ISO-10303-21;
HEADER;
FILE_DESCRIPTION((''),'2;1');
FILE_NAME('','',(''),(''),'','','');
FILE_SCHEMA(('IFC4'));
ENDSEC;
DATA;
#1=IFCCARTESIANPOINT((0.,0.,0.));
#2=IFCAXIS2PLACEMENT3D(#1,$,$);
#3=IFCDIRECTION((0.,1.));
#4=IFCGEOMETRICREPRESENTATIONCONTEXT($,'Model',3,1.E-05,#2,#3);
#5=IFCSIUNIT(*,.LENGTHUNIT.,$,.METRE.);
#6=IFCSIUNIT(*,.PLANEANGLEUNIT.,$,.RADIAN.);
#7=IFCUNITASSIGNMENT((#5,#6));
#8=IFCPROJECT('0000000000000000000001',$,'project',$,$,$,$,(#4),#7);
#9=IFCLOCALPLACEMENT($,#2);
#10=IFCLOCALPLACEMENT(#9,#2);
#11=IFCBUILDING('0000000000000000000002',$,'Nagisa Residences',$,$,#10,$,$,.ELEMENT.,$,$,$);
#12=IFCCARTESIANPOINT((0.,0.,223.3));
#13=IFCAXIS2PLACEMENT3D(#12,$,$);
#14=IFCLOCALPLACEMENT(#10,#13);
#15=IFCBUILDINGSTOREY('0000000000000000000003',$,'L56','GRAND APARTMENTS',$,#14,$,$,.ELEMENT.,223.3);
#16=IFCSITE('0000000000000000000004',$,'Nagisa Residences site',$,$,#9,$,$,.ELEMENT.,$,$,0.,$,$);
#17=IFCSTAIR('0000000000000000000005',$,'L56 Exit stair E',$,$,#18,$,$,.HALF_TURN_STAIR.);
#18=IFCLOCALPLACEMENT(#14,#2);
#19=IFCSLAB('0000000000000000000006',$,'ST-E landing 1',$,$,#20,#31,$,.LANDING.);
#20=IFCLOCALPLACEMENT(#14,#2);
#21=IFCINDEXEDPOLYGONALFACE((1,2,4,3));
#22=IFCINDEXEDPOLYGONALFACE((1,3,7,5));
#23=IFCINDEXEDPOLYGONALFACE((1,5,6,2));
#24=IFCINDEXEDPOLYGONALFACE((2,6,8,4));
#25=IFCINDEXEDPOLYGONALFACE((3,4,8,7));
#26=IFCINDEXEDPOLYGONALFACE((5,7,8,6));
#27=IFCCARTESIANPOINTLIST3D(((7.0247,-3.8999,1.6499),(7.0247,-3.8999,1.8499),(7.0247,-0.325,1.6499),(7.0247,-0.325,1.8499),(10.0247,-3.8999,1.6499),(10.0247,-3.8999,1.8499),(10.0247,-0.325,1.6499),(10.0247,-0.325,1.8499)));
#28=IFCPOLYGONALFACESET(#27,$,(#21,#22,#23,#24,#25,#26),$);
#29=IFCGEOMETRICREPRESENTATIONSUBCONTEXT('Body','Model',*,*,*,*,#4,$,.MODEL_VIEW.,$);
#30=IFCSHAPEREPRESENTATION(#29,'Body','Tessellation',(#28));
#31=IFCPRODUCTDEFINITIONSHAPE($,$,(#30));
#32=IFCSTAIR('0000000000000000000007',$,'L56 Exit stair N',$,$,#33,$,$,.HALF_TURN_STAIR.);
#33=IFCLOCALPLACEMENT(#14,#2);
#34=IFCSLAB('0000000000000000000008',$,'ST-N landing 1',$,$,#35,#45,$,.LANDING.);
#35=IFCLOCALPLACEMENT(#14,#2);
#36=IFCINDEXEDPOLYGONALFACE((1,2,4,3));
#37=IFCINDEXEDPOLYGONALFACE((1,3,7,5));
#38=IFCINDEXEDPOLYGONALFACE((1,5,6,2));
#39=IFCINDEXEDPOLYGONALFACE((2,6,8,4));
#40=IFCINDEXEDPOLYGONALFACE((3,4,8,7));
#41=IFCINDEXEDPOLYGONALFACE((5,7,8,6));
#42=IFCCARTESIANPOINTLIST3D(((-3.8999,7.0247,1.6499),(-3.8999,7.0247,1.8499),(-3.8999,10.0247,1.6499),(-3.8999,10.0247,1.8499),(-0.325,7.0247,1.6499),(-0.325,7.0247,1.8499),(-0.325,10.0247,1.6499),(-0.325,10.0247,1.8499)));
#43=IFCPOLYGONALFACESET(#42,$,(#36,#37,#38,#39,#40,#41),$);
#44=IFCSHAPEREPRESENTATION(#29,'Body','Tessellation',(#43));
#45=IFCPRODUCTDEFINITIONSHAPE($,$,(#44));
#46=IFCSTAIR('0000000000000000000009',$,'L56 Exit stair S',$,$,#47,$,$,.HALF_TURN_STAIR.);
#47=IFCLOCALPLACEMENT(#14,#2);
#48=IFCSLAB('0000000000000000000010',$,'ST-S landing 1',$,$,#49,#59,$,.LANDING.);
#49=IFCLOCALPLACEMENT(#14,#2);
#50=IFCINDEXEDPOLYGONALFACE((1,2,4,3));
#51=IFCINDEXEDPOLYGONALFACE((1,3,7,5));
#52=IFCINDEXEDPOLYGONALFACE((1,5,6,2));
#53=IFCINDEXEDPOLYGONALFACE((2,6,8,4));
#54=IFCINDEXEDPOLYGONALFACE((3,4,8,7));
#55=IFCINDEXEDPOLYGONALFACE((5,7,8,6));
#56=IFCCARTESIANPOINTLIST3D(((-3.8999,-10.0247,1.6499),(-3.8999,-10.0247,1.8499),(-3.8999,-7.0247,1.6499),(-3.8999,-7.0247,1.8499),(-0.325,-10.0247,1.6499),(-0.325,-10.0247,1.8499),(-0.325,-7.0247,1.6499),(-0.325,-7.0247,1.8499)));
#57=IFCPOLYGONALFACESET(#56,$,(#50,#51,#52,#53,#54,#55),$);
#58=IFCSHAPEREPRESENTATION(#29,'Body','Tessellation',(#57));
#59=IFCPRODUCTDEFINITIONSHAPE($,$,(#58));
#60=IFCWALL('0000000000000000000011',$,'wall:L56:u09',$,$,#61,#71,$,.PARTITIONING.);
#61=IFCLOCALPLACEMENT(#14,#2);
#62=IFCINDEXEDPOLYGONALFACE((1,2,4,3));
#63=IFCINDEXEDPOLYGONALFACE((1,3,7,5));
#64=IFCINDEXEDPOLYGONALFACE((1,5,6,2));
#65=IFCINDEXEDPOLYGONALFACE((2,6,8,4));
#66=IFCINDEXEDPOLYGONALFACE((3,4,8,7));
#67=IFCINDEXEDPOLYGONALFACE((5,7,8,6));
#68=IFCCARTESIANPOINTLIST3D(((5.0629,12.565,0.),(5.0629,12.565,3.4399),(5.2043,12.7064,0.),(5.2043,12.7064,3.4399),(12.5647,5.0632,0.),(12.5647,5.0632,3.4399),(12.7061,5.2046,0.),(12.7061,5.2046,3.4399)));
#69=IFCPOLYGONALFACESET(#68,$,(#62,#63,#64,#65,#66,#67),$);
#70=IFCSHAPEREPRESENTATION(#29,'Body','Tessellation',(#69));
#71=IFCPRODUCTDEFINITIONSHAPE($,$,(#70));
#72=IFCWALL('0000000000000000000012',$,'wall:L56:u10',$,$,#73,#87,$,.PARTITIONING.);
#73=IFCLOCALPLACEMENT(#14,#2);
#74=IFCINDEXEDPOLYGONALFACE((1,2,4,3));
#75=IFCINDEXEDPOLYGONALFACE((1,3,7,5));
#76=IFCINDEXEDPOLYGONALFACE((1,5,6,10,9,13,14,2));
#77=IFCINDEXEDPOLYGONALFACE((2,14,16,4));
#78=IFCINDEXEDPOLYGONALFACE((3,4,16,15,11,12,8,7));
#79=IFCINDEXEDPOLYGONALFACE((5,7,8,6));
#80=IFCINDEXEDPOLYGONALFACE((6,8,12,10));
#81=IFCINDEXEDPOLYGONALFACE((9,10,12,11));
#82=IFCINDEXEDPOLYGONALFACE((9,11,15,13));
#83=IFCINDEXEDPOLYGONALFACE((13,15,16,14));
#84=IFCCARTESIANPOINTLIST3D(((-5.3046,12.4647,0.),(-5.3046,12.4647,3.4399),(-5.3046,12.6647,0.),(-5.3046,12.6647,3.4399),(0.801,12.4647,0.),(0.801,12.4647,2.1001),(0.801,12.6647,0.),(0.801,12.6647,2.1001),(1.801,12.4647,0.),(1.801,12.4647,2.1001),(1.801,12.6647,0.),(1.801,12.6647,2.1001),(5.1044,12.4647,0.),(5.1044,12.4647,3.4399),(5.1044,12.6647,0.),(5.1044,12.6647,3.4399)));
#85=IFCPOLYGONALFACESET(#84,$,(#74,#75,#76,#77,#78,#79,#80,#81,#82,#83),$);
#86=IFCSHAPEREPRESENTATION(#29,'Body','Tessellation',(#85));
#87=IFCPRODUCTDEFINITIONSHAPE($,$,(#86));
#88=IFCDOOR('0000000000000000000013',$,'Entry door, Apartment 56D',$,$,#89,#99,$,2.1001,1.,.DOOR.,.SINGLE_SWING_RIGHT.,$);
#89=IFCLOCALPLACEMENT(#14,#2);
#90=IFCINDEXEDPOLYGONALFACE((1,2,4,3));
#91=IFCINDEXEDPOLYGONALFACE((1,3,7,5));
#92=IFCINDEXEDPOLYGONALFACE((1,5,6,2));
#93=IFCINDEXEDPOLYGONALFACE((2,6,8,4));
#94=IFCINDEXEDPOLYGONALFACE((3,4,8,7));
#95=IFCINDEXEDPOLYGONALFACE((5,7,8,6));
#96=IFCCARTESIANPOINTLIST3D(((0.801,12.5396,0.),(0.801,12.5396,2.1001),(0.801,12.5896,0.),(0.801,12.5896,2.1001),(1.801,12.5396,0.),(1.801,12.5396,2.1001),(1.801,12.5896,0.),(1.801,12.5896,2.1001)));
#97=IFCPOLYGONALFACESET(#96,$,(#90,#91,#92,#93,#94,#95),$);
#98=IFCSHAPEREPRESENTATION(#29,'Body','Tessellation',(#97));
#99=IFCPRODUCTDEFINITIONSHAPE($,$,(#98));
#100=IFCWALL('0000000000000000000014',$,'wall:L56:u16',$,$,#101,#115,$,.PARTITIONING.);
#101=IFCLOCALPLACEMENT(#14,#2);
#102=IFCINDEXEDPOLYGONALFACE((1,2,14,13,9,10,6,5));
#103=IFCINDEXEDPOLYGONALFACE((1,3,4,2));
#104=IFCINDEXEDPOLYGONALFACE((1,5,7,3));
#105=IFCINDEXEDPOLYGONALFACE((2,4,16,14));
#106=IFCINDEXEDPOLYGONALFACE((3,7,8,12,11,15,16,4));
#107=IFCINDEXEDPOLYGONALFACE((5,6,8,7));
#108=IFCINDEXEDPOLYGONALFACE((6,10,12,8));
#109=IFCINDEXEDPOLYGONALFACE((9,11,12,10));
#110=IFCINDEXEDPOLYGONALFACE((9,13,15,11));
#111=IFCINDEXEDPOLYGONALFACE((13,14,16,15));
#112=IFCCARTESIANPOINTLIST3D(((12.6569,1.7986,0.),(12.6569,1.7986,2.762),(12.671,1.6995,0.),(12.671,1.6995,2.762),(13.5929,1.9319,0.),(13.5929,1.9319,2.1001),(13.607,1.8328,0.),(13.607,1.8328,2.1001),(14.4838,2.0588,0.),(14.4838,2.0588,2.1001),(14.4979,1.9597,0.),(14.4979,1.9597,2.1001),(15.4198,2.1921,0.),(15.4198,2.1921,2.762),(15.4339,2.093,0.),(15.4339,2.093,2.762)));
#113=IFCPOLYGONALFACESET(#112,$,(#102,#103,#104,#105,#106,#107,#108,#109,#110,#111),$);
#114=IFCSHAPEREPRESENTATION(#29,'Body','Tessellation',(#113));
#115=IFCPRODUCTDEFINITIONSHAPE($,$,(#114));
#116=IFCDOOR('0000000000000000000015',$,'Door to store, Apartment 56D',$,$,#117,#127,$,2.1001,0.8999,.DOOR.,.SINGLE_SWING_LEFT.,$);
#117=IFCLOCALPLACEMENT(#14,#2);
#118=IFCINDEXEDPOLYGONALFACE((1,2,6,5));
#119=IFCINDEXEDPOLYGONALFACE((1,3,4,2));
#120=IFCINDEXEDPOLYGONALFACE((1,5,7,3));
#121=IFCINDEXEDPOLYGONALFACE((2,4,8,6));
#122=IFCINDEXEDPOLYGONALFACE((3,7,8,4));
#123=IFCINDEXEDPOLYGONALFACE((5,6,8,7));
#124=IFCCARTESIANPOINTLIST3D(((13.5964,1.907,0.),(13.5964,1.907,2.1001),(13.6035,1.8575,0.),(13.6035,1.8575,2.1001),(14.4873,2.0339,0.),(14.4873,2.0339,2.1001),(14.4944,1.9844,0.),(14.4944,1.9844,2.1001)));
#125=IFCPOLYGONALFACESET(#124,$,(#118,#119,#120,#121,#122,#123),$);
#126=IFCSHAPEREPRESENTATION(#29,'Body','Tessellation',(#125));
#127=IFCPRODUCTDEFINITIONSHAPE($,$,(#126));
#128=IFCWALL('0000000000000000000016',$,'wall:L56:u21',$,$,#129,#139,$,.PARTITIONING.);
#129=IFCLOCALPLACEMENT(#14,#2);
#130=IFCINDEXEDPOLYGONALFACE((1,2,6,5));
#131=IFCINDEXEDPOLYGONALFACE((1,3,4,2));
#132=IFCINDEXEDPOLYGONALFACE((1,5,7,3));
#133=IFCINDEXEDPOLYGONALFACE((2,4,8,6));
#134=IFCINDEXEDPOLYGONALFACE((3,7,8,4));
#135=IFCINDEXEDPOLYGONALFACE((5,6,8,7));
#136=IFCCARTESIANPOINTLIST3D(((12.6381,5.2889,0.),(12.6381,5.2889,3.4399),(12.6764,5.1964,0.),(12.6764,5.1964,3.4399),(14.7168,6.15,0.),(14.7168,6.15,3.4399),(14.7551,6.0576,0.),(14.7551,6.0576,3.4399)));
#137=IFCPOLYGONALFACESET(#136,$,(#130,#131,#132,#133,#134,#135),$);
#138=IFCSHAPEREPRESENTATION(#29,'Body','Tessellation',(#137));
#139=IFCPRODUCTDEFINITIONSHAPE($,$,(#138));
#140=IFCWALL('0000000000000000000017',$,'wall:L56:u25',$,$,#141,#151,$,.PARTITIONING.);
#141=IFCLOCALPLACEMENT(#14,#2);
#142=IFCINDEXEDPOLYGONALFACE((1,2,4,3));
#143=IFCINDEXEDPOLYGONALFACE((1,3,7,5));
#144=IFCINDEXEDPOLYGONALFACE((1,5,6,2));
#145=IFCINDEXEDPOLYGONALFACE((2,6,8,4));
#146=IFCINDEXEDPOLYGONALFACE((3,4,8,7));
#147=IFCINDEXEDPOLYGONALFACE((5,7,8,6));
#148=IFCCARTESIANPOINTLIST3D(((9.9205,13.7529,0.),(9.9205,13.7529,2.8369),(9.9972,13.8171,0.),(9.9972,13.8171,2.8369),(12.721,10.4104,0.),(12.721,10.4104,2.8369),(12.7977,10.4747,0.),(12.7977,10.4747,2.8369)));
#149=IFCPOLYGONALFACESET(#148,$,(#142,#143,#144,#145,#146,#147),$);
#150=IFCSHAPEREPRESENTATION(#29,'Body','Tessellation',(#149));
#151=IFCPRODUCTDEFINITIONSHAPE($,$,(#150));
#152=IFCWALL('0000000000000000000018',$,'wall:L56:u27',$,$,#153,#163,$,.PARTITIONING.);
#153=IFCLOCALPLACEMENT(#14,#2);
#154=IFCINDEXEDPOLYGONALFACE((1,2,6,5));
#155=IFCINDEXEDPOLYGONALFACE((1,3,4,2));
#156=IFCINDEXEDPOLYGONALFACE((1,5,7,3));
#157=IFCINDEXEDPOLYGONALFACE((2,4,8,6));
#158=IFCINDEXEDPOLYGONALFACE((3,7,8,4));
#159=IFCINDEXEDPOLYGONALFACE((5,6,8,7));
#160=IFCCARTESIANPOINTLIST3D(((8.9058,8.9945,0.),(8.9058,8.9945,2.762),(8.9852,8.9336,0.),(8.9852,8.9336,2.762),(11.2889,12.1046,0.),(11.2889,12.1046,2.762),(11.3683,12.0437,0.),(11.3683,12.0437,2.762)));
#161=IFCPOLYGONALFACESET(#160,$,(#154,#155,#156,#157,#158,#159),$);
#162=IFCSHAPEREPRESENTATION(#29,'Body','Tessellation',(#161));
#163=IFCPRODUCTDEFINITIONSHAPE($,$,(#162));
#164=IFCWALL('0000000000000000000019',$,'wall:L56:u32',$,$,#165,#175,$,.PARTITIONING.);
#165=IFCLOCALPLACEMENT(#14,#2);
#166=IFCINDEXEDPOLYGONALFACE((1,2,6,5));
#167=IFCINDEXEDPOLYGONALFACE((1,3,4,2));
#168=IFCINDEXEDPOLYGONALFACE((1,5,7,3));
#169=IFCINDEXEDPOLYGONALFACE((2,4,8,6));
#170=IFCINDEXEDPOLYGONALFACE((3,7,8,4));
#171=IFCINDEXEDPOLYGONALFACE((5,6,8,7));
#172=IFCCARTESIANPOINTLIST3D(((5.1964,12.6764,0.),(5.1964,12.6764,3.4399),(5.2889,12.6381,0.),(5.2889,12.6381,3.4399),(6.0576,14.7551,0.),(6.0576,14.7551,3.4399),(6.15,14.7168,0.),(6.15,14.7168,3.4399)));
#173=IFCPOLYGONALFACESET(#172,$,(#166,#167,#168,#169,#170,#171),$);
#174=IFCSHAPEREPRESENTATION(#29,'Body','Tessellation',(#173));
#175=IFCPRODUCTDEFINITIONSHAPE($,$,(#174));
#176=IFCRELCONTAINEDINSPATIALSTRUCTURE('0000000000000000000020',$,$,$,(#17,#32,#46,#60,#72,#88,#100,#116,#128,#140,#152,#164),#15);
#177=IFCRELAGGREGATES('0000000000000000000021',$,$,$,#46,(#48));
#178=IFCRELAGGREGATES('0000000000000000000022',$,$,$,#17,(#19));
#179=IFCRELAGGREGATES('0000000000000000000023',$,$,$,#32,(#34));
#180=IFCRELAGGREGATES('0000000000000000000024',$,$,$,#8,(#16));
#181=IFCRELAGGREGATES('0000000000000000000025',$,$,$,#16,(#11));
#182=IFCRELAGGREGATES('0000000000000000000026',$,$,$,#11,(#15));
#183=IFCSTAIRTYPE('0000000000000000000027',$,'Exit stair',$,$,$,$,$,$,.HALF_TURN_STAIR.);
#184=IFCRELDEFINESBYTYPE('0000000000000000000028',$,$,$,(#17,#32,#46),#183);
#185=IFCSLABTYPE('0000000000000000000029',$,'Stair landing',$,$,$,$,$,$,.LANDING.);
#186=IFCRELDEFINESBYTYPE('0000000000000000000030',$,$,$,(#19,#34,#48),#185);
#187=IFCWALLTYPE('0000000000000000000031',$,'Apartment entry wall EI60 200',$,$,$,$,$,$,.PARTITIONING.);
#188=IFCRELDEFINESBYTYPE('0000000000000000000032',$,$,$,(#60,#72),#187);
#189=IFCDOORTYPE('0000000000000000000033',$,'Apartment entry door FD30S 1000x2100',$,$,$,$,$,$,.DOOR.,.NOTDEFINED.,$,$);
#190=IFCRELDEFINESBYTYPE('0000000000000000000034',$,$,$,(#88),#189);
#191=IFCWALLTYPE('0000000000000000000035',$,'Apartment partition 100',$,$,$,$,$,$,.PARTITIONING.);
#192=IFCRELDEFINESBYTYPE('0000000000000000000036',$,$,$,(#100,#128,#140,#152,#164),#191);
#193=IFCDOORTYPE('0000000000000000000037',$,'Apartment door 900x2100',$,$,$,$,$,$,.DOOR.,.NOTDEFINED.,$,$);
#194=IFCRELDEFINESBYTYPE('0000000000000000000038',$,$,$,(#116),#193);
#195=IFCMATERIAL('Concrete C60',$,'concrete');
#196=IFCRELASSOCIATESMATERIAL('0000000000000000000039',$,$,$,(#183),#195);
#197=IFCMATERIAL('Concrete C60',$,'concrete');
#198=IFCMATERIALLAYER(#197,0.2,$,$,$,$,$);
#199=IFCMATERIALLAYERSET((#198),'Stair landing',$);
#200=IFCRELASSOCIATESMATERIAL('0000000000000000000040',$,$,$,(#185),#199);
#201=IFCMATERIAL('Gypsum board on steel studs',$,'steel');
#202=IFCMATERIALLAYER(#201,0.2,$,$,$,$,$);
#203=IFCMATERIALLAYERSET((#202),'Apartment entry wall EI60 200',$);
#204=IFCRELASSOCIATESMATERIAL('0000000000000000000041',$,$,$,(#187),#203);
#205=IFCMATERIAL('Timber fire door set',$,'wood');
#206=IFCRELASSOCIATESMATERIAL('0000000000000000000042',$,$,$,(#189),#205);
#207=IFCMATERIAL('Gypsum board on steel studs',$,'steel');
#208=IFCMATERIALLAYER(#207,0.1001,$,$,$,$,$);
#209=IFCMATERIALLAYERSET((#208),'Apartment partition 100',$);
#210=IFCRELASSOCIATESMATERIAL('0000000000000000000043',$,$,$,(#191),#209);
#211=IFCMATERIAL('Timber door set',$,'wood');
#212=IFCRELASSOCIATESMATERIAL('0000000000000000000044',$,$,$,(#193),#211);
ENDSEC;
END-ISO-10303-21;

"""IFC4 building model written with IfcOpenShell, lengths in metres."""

from ifc_helpers import new_model, si_unit, direction, frame, frame_2d, origin, place, context, subcontext, project, spatial, polyline, rectangle, outline, extrude, material, layer, layer_set, type_object, element, fill, aggregate, save


model = new_model("IFC4")

# Units and contexts
model_context = context("Model", 3, precision=1e-05, world=origin(), true_north=direction((0.0, 1.0)))
body_context = subcontext(model_context, "Body", "Model", "MODEL_VIEW")
ifc_project = project(units=[si_unit("LENGTHUNIT", "METRE"), si_unit("PLANEANGLEUNIT", "RADIAN")], contexts=[model_context])

# Site, building, storey
site_placement = place(None, origin())
site = spatial("IfcSite", under=ifc_project, at=site_placement, Name="Nagisa Residences site", CompositionType="ELEMENT", RefElevation=0.0)
building_placement = place(site_placement, origin())
building = spatial("IfcBuilding", under=site, at=building_placement, Name="Nagisa Residences", CompositionType="ELEMENT")
storey_placement = place(building_placement, frame((0.0, 0.0, 223.3)))
storey = spatial("IfcBuildingStorey", under=building, at=storey_placement, Name="L56", Description="GRAND APARTMENTS", CompositionType="ELEMENT", Elevation=223.3)

# Stairs, slabs
ifc_material_1 = material(Name="Concrete C60", Category="concrete")
stair_type = type_object("IfcStairType", Name="Exit stair", PredefinedType="HALF_TURN_STAIR", material=ifc_material_1)
stair_1_placement = place(storey_placement, origin())
stair_1 = element("IfcStair", 1, at=stair_1_placement, inside=storey, type_object=stair_type, Name="L56 Exit stair E", PredefinedType="HALF_TURN_STAIR")
ifc_material_2 = material(Name="Concrete C60", Category="concrete")
ifc_layer_1 = layer(ifc_material_2, 0.2)
ifc_layer_set_1 = layer_set([ifc_layer_1], Name="Stair landing")
slab_type = type_object("IfcSlabType", Name="Stair landing", PredefinedType="LANDING", material=ifc_layer_set_1)
slab_1_placement = place(storey_placement, frame((0.0, 0.0, 1.6499)))
slab_1 = element("IfcSlab", 2, at=slab_1_placement, type_object=slab_type, Name="ST-E landing 1", PredefinedType="LANDING", context=body_context, shape_type="SweptSolid", body=[
    extrude(outline(polyline([(7.0247, -0.325), (7.0247, -3.8999), (10.0247, -3.8999), (10.0247, -0.325), (7.0247, -0.325)])), origin(), (0.0, 0.0, 1.0), 0.2),
])
stair_2_placement = place(storey_placement, origin())
stair_2 = element("IfcStair", 3, at=stair_2_placement, inside=storey, type_object=stair_type, Name="L56 Exit stair N", PredefinedType="HALF_TURN_STAIR")
slab_2_placement = place(storey_placement, frame((0.0, 0.0, 1.6499)))
slab_2 = element("IfcSlab", 4, at=slab_2_placement, type_object=slab_type, Name="ST-N landing 1", PredefinedType="LANDING", context=body_context, shape_type="SweptSolid", body=[
    extrude(outline(polyline([(-0.325, 10.0247), (-3.8999, 10.0247), (-3.8999, 7.0247), (-0.325, 7.0247), (-0.325, 10.0247)])), origin(), (0.0, 0.0, 1.0), 0.2),
])
stair_3_placement = place(storey_placement, origin())
stair_3 = element("IfcStair", 5, at=stair_3_placement, inside=storey, type_object=stair_type, Name="L56 Exit stair S", PredefinedType="HALF_TURN_STAIR")
slab_3_placement = place(storey_placement, frame((0.0, 0.0, 1.6499)))
slab_3 = element("IfcSlab", 6, at=slab_3_placement, type_object=slab_type, Name="ST-S landing 1", PredefinedType="LANDING", context=body_context, shape_type="SweptSolid", body=[
    extrude(outline(polyline([(-0.325, -7.0247), (-3.8999, -7.0247), (-3.8999, -10.0247), (-0.325, -10.0247), (-0.325, -7.0247)])), origin(), (0.0, 0.0, 1.0), 0.2),
])
aggregate(stair_3, [slab_3])

# Wall
ifc_material_3 = material(Name="Gypsum board on steel studs", Category="steel")
ifc_layer_2 = layer(ifc_material_3, 0.2)
ifc_layer_set_2 = layer_set([ifc_layer_2], Name="Apartment entry wall EI60 200")
wall_type_1 = type_object("IfcWallType", Name="Apartment entry wall EI60 200", PredefinedType="PARTITIONING", material=ifc_layer_set_2)
wall_1_placement = place(storey_placement, frame((12.6355, 5.1338, 0.0), z_axis=(0.0, 0.0, 1.0), x_axis=(-0.707107, 0.707107, 0.0)))
element("IfcWall", 7, at=wall_1_placement, inside=storey, type_object=wall_type_1, Name="wall:L56:u09", PredefinedType="PARTITIONING", context=body_context, shape_type="SweptSolid", body=[
    extrude(rectangle(XDim=10.6091, YDim=0.2, at=frame_2d((5.3047, 0.0))), origin(), (0.0, 0.0, 1.0), 3.4399),
])

# Walls, openings, doors
wall_2_placement = place(storey_placement, frame((5.1045, 12.5647, 0.0), z_axis=(0.0, 0.0, 1.0), x_axis=(-1.0, 0.0, 0.0)))
wall_2 = element("IfcWall", 8, at=wall_2_placement, inside=storey, type_object=wall_type_1, Name="wall:L56:u10", PredefinedType="PARTITIONING", context=body_context, shape_type="SweptSolid", body=[
    extrude(rectangle(XDim=10.4089, YDim=0.2, at=frame_2d((5.2046, 0.0))), origin(), (0.0, 0.0, 1.0), 3.4399),
])
opening_1_placement = place(wall_2_placement, frame((3.3035, 0.0, 0.0)))
opening_1 = element("IfcOpeningElement", 9, at=opening_1_placement, cuts=wall_2, PredefinedType="OPENING", context=body_context, shape_type="SweptSolid", body=[
    extrude(rectangle(XDim=1.0, YDim=2.1001, at=frame_2d((0.5, 1.05))), frame((0.0, 0.1099, 0.0), z_axis=(0.0, -1.0, 0.0), x_axis=(1.0, 0.0, 0.0)), (0.0, 0.0, 1.0), 0.22),
])
ifc_material_4 = material(Name="Timber fire door set", Category="wood")
door_type_1 = type_object("IfcDoorType", Name="Apartment entry door FD30S 1000x2100", OperationType="NOTDEFINED", PredefinedType="DOOR", material=ifc_material_4)
door_1_placement = place(opening_1_placement, frame((1.0, 0.0, 0.0), x_axis=(-1.0, 0.0, 0.0)))
door_1 = element("IfcDoor", 10, at=door_1_placement, inside=storey, type_object=door_type_1, Name="Entry door, Apartment 56D", OperationType="SINGLE_SWING_RIGHT", OverallHeight=2.1001, OverallWidth=1.0, PredefinedType="DOOR", context=body_context, shape_type="SweptSolid", body=[
    extrude(rectangle(XDim=1.0, YDim=2.1001, at=frame_2d((0.5, 1.05))), frame((0.0, 0.0249, 0.0), z_axis=(0.0, -1.0, 0.0), x_axis=(1.0, 0.0, 0.0)), (0.0, 0.0, 1.0), 0.05),
])
fill(opening_1, door_1)
ifc_material_5 = material(Name="Gypsum board on steel studs", Category="steel")
ifc_layer_3 = layer(ifc_material_5, 0.1001)
ifc_layer_set_3 = layer_set([ifc_layer_3], Name="Apartment partition 100")
wall_type_2 = type_object("IfcWallType", Name="Apartment partition 100", PredefinedType="PARTITIONING", material=ifc_layer_set_3)
wall_3_placement = place(storey_placement, frame((12.6638, 1.749, 0.0), z_axis=(0.0, 0.0, 1.0), x_axis=(0.990007, 0.141017, 0.0)))
wall_3 = element("IfcWall", 11, at=wall_3_placement, inside=storey, type_object=wall_type_2, Name="wall:L56:u16", PredefinedType="PARTITIONING", context=body_context, shape_type="SweptSolid", body=[
    extrude(rectangle(XDim=2.7908, YDim=0.1001, at=frame_2d((1.3955, 0.0))), origin(), (0.0, 0.0, 1.0), 2.762),
])
opening_2_placement = place(wall_3_placement, frame((0.9456, 0.0, 0.0)))
opening_2 = element("IfcOpeningElement", 12, at=opening_2_placement, cuts=wall_3, PredefinedType="OPENING", context=body_context, shape_type="SweptSolid", body=[
    extrude(rectangle(XDim=0.8999, YDim=2.1001, at=frame_2d((0.45, 1.05))), frame((0.0, 0.0601, 0.0), z_axis=(0.0, -1.0, 0.0), x_axis=(1.0, 0.0, 0.0)), (0.0, 0.0, 1.0), 0.1201),
])
ifc_material_6 = material(Name="Timber door set", Category="wood")
door_type_2 = type_object("IfcDoorType", Name="Apartment door 900x2100", OperationType="NOTDEFINED", PredefinedType="DOOR", material=ifc_material_6)
door_2_placement = place(opening_2_placement, origin())
door_2 = element("IfcDoor", 13, at=door_2_placement, inside=storey, type_object=door_type_2, Name="Door to store, Apartment 56D", OperationType="SINGLE_SWING_LEFT", OverallHeight=2.1001, OverallWidth=0.8999, PredefinedType="DOOR", context=body_context, shape_type="SweptSolid", body=[
    extrude(rectangle(XDim=0.8999, YDim=2.1001, at=frame_2d((0.45, 1.05))), frame((0.0, 0.0249, 0.0), z_axis=(0.0, -1.0, 0.0), x_axis=(1.0, 0.0, 0.0)), (0.0, 0.0, 1.0), 0.05),
])
fill(opening_2, door_2)

# Walls
wall_4_placement = place(storey_placement, frame((12.6572, 5.2427, 0.0), z_axis=(0.0, 0.0, 1.0), x_axis=(0.923865, 0.382719, 0.0)))
element("IfcWall", 14, at=wall_4_placement, inside=storey, type_object=wall_type_2, Name="wall:L56:u21", PredefinedType="PARTITIONING", context=body_context, shape_type="SweptSolid", body=[
    extrude(rectangle(XDim=2.25, YDim=0.1001, at=frame_2d((1.125, 0.0))), origin(), (0.0, 0.0, 1.0), 3.4399),
])
wall_5_placement = place(storey_placement, frame((12.7593, 10.4426, 0.0), z_axis=(0.0, 0.0, 1.0), x_axis=(-0.642225, 0.766516, 0.0)))
element("IfcWall", 15, at=wall_5_placement, inside=storey, type_object=wall_type_2, Name="wall:L56:u25", PredefinedType="PARTITIONING", context=body_context, shape_type="SweptSolid", body=[
    extrude(rectangle(XDim=4.3606, YDim=0.1001, at=frame_2d((2.1802, 0.0))), origin(), (0.0, 0.0, 1.0), 2.8369),
])
wall_6_placement = place(storey_placement, frame((8.9456, 8.9641, 0.0), z_axis=(0.0, 0.0, 1.0), x_axis=(0.608213, 0.793774, 0.0)))
element("IfcWall", 16, at=wall_6_placement, inside=storey, type_object=wall_type_2, Name="wall:L56:u27", PredefinedType="PARTITIONING", context=body_context, shape_type="SweptSolid", body=[
    extrude(rectangle(XDim=3.9182, YDim=0.1001, at=frame_2d((1.959, 0.0))), origin(), (0.0, 0.0, 1.0), 2.762),
])
wall_7_placement = place(storey_placement, frame((5.2427, 12.6572, 0.0), z_axis=(0.0, 0.0, 1.0), x_axis=(0.382719, 0.923865, 0.0)))
element("IfcWall", 17, at=wall_7_placement, inside=storey, type_object=wall_type_2, Name="wall:L56:u32", PredefinedType="PARTITIONING", context=body_context, shape_type="SweptSolid", body=[
    extrude(rectangle(XDim=2.25, YDim=0.1001, at=frame_2d((1.125, 0.0))), origin(), (0.0, 0.0, 1.0), 3.4399),
])

aggregate(stair_1, [slab_1])
aggregate(stair_2, [slab_2])

save(model, "model.ifc")
